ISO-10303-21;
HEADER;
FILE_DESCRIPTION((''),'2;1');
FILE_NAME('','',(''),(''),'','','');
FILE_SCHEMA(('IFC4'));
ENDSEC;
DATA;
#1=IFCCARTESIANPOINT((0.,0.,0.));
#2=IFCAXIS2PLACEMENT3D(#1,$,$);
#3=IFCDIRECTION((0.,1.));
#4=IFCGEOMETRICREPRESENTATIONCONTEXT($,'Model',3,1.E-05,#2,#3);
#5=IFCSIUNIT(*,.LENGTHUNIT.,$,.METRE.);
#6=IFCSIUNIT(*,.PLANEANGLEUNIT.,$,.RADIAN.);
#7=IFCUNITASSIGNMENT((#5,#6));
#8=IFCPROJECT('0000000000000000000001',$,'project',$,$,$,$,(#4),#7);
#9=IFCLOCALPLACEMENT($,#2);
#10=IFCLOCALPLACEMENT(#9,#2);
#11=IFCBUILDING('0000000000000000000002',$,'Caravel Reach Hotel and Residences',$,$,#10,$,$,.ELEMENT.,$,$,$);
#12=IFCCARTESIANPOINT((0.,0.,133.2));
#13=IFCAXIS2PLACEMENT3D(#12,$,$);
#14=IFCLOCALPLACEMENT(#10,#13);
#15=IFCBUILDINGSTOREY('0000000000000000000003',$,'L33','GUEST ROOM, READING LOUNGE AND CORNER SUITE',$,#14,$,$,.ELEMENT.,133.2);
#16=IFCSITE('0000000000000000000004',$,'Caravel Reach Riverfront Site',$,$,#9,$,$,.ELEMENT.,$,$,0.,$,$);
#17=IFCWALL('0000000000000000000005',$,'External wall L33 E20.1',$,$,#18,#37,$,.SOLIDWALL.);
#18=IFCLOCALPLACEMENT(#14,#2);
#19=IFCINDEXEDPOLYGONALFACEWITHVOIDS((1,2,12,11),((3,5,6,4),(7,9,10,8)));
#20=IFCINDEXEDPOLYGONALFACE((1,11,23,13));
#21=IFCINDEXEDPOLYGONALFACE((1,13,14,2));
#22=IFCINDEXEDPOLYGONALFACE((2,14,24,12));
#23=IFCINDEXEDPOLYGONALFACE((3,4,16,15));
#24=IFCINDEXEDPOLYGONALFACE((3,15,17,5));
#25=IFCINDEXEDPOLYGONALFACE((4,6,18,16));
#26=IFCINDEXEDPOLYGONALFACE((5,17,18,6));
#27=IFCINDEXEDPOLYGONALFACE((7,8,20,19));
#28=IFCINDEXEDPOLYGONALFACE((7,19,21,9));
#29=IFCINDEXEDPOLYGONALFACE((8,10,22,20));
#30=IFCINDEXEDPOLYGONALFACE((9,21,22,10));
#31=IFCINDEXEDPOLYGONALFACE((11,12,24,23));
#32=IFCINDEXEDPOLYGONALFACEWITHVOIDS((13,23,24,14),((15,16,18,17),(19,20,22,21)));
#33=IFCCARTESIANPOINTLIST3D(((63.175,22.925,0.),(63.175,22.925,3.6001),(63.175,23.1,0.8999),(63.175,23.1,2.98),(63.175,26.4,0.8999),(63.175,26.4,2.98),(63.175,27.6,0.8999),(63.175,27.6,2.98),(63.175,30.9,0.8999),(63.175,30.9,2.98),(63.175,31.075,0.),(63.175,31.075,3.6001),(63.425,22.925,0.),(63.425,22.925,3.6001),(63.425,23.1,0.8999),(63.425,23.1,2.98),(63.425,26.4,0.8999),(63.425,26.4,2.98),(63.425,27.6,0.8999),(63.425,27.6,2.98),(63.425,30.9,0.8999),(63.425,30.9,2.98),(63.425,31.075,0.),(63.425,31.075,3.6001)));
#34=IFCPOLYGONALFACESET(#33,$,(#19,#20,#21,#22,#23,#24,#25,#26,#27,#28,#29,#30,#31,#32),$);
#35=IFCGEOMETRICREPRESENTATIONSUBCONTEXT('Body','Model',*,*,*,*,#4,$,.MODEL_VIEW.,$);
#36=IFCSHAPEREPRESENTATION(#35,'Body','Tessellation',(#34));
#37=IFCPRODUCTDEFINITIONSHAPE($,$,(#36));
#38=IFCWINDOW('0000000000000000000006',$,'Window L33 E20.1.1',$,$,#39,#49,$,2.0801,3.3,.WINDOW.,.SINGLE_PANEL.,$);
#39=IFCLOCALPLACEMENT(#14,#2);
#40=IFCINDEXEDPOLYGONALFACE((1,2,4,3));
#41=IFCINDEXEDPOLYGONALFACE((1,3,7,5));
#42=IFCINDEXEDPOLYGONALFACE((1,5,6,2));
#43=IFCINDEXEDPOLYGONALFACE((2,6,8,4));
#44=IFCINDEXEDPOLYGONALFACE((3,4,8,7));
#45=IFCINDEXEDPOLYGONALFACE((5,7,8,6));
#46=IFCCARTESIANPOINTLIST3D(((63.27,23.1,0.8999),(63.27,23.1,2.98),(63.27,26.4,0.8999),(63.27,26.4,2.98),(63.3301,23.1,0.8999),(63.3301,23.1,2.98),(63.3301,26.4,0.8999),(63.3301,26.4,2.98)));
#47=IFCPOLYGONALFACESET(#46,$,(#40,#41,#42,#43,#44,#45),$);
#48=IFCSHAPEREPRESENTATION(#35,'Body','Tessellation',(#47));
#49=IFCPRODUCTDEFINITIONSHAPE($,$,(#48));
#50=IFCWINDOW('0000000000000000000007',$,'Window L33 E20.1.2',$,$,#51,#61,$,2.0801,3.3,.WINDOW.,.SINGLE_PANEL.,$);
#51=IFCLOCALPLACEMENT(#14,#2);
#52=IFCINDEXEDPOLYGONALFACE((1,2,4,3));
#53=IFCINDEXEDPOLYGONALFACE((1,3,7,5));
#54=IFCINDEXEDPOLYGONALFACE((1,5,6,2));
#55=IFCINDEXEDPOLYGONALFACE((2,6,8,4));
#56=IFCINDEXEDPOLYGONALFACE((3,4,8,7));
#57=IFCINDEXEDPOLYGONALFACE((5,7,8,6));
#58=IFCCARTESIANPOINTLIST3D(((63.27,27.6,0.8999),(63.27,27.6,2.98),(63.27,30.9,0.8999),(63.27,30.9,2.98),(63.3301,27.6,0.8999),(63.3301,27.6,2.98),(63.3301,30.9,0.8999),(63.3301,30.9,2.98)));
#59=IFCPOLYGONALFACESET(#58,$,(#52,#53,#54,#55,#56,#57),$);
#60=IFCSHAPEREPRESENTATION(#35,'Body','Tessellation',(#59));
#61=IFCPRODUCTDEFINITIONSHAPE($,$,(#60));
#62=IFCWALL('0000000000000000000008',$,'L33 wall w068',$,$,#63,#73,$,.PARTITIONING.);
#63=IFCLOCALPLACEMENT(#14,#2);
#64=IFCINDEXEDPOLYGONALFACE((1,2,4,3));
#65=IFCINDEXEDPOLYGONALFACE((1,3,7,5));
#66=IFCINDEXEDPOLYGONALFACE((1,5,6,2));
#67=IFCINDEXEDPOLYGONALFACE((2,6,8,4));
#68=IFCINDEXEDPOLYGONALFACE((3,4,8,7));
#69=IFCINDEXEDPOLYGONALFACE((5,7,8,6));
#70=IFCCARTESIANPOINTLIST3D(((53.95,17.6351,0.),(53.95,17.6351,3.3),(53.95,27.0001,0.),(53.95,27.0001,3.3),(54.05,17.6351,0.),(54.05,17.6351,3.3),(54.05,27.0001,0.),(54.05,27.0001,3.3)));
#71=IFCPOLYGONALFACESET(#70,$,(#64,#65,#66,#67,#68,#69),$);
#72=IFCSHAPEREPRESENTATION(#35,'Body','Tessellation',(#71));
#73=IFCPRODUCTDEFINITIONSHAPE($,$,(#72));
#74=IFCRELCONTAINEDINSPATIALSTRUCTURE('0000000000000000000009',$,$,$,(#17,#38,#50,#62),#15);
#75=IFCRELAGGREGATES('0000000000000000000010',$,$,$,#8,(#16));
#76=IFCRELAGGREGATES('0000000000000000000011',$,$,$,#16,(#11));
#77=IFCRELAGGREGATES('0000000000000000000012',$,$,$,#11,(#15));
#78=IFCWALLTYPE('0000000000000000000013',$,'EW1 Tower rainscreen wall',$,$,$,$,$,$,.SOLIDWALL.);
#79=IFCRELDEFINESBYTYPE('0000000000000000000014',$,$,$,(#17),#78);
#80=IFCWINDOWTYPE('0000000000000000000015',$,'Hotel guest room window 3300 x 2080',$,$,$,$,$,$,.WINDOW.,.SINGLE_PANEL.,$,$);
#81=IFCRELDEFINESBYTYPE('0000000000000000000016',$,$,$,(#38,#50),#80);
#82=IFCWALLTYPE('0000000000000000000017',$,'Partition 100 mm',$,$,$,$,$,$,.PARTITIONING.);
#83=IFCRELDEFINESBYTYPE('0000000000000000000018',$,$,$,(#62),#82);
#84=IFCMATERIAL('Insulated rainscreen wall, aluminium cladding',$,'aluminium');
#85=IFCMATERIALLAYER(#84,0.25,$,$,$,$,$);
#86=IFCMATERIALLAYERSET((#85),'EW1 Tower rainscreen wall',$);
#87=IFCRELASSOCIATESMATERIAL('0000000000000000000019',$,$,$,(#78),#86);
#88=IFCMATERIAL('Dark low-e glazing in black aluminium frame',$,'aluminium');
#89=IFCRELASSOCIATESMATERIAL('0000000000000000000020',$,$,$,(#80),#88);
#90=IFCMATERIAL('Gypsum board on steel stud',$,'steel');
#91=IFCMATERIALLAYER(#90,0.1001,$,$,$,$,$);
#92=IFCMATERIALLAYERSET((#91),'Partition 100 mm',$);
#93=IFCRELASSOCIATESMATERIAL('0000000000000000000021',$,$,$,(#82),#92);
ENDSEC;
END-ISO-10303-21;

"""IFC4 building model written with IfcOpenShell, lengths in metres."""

from ifc_helpers import new_model, si_unit, direction, frame, frame_2d, origin, place, context, subcontext, project, spatial, rectangle, extrude, material, layer, layer_set, type_object, element, fill, save


model = new_model("IFC4")

# Units and contexts
model_context = context("Model", 3, precision=1e-05, world=origin(), true_north=direction((0.0, 1.0)))
body_context = subcontext(model_context, "Body", "Model", "MODEL_VIEW")
ifc_project = project(units=[si_unit("LENGTHUNIT", "METRE"), si_unit("PLANEANGLEUNIT", "RADIAN")], contexts=[model_context])

# Site, building, storey
site_placement = place(None, origin())
site = spatial("IfcSite", under=ifc_project, at=site_placement, Name="Caravel Reach Riverfront Site", CompositionType="ELEMENT", RefElevation=0.0)
building_placement = place(site_placement, origin())
building = spatial("IfcBuilding", under=site, at=building_placement, Name="Caravel Reach Hotel and Residences", CompositionType="ELEMENT")
storey_placement = place(building_placement, frame((0.0, 0.0, 133.2)))
storey = spatial("IfcBuildingStorey", under=building, at=storey_placement, Name="L33", Description="GUEST ROOM, READING LOUNGE AND CORNER SUITE", CompositionType="ELEMENT", Elevation=133.2)

# Shared definitions
ifc_material_1 = material(Name="Insulated rainscreen wall, aluminium cladding", Category="aluminium")
ifc_layer_1 = layer(ifc_material_1, 0.25)
ifc_layer_set_1 = layer_set([ifc_layer_1], Name="EW1 Tower rainscreen wall")
wall_type_1 = type_object("IfcWallType", Name="EW1 Tower rainscreen wall", PredefinedType="SOLIDWALL", material=ifc_layer_set_1)
ifc_material_2 = material(Name="Dark low-e glazing in black aluminium frame", Category="aluminium")
window_type_1 = type_object("IfcWindowType", Name="Hotel guest room window 3300 x 2080", PartitioningType="SINGLE_PANEL", PredefinedType="WINDOW", material=ifc_material_2)

# Wall, openings, windows
wall_1_placement = place(storey_placement, frame((63.3, 22.925, 0.0), z_axis=(0.0, 0.0, 1.0), x_axis=(0.0, 1.0, 0.0)))
wall_1 = element("IfcWall", 1, at=wall_1_placement, inside=storey, type_object=wall_type_1, Name="External wall L33 E20.1", PredefinedType="SOLIDWALL", context=body_context, shape_type="SweptSolid", body=[
    extrude(rectangle(XDim=8.1499, YDim=0.25, at=frame_2d((4.075, 0.0))), origin(), (0.0, 0.0, 1.0), 3.6001),
])
opening_1_placement = place(wall_1_placement, frame((0.175, 0.0, 0.8999)))
opening_1 = element("IfcOpeningElement", 2, at=opening_1_placement, cuts=wall_1, PredefinedType="OPENING", context=body_context, shape_type="SweptSolid", body=[
    extrude(rectangle(XDim=3.3, YDim=2.0801, at=frame_2d((1.6499, 1.04))), frame((0.0, 0.135, 0.0), z_axis=(0.0, -1.0, 0.0), x_axis=(1.0, 0.0, 0.0)), (0.0, 0.0, 1.0), 0.27),
])
opening_2_placement = place(wall_1_placement, frame((4.675, 0.0, 0.8999)))
opening_2 = element("IfcOpeningElement", 3, at=opening_2_placement, cuts=wall_1, PredefinedType="OPENING", context=body_context, shape_type="SweptSolid", body=[
    extrude(rectangle(XDim=3.3, YDim=2.0801, at=frame_2d((1.6499, 1.04))), frame((0.0, 0.135, 0.0), z_axis=(0.0, -1.0, 0.0), x_axis=(1.0, 0.0, 0.0)), (0.0, 0.0, 1.0), 0.27),
])
window_1_placement = place(opening_1_placement, origin())
window_1 = element("IfcWindow", 4, at=window_1_placement, inside=storey, type_object=window_type_1, Name="Window L33 E20.1.1", OverallHeight=2.0801, OverallWidth=3.3, PartitioningType="SINGLE_PANEL", PredefinedType="WINDOW", context=body_context, shape_type="SweptSolid", body=[
    extrude(rectangle(XDim=3.3, YDim=2.0801, at=frame_2d((1.6499, 1.04))), frame((0.0, 0.03, 0.0), z_axis=(0.0, -1.0, 0.0), x_axis=(1.0, 0.0, 0.0)), (0.0, 0.0, 1.0), 0.0601),
])
fill(opening_1, window_1)
window_2_placement = place(opening_2_placement, origin())
window_2 = element("IfcWindow", 5, at=window_2_placement, inside=storey, type_object=window_type_1, Name="Window L33 E20.1.2", OverallHeight=2.0801, OverallWidth=3.3, PartitioningType="SINGLE_PANEL", PredefinedType="WINDOW", context=body_context, shape_type="SweptSolid", body=[
    extrude(rectangle(XDim=3.3, YDim=2.0801, at=frame_2d((1.6499, 1.04))), frame((0.0, 0.03, 0.0), z_axis=(0.0, -1.0, 0.0), x_axis=(1.0, 0.0, 0.0)), (0.0, 0.0, 1.0), 0.0601),
])
fill(opening_2, window_2)

# Wall
ifc_material_3 = material(Name="Gypsum board on steel stud", Category="steel")
ifc_layer_2 = layer(ifc_material_3, 0.1001)
ifc_layer_set_2 = layer_set([ifc_layer_2], Name="Partition 100 mm")
wall_type_2 = type_object("IfcWallType", Name="Partition 100 mm", PredefinedType="PARTITIONING", material=ifc_layer_set_2)
wall_2_placement = place(storey_placement, frame((54.0, 17.635, 0.0), z_axis=(0.0, 0.0, 1.0), x_axis=(0.0, 1.0, 0.0)))
element("IfcWall", 6, at=wall_2_placement, inside=storey, type_object=wall_type_2, Name="L33 wall w068", PredefinedType="PARTITIONING", context=body_context, shape_type="SweptSolid", body=[
    extrude(rectangle(XDim=9.365, YDim=0.1001, at=frame_2d((4.6826, 0.0))), origin(), (0.0, 0.0, 1.0), 3.3),
])

save(model, "model.ifc")
